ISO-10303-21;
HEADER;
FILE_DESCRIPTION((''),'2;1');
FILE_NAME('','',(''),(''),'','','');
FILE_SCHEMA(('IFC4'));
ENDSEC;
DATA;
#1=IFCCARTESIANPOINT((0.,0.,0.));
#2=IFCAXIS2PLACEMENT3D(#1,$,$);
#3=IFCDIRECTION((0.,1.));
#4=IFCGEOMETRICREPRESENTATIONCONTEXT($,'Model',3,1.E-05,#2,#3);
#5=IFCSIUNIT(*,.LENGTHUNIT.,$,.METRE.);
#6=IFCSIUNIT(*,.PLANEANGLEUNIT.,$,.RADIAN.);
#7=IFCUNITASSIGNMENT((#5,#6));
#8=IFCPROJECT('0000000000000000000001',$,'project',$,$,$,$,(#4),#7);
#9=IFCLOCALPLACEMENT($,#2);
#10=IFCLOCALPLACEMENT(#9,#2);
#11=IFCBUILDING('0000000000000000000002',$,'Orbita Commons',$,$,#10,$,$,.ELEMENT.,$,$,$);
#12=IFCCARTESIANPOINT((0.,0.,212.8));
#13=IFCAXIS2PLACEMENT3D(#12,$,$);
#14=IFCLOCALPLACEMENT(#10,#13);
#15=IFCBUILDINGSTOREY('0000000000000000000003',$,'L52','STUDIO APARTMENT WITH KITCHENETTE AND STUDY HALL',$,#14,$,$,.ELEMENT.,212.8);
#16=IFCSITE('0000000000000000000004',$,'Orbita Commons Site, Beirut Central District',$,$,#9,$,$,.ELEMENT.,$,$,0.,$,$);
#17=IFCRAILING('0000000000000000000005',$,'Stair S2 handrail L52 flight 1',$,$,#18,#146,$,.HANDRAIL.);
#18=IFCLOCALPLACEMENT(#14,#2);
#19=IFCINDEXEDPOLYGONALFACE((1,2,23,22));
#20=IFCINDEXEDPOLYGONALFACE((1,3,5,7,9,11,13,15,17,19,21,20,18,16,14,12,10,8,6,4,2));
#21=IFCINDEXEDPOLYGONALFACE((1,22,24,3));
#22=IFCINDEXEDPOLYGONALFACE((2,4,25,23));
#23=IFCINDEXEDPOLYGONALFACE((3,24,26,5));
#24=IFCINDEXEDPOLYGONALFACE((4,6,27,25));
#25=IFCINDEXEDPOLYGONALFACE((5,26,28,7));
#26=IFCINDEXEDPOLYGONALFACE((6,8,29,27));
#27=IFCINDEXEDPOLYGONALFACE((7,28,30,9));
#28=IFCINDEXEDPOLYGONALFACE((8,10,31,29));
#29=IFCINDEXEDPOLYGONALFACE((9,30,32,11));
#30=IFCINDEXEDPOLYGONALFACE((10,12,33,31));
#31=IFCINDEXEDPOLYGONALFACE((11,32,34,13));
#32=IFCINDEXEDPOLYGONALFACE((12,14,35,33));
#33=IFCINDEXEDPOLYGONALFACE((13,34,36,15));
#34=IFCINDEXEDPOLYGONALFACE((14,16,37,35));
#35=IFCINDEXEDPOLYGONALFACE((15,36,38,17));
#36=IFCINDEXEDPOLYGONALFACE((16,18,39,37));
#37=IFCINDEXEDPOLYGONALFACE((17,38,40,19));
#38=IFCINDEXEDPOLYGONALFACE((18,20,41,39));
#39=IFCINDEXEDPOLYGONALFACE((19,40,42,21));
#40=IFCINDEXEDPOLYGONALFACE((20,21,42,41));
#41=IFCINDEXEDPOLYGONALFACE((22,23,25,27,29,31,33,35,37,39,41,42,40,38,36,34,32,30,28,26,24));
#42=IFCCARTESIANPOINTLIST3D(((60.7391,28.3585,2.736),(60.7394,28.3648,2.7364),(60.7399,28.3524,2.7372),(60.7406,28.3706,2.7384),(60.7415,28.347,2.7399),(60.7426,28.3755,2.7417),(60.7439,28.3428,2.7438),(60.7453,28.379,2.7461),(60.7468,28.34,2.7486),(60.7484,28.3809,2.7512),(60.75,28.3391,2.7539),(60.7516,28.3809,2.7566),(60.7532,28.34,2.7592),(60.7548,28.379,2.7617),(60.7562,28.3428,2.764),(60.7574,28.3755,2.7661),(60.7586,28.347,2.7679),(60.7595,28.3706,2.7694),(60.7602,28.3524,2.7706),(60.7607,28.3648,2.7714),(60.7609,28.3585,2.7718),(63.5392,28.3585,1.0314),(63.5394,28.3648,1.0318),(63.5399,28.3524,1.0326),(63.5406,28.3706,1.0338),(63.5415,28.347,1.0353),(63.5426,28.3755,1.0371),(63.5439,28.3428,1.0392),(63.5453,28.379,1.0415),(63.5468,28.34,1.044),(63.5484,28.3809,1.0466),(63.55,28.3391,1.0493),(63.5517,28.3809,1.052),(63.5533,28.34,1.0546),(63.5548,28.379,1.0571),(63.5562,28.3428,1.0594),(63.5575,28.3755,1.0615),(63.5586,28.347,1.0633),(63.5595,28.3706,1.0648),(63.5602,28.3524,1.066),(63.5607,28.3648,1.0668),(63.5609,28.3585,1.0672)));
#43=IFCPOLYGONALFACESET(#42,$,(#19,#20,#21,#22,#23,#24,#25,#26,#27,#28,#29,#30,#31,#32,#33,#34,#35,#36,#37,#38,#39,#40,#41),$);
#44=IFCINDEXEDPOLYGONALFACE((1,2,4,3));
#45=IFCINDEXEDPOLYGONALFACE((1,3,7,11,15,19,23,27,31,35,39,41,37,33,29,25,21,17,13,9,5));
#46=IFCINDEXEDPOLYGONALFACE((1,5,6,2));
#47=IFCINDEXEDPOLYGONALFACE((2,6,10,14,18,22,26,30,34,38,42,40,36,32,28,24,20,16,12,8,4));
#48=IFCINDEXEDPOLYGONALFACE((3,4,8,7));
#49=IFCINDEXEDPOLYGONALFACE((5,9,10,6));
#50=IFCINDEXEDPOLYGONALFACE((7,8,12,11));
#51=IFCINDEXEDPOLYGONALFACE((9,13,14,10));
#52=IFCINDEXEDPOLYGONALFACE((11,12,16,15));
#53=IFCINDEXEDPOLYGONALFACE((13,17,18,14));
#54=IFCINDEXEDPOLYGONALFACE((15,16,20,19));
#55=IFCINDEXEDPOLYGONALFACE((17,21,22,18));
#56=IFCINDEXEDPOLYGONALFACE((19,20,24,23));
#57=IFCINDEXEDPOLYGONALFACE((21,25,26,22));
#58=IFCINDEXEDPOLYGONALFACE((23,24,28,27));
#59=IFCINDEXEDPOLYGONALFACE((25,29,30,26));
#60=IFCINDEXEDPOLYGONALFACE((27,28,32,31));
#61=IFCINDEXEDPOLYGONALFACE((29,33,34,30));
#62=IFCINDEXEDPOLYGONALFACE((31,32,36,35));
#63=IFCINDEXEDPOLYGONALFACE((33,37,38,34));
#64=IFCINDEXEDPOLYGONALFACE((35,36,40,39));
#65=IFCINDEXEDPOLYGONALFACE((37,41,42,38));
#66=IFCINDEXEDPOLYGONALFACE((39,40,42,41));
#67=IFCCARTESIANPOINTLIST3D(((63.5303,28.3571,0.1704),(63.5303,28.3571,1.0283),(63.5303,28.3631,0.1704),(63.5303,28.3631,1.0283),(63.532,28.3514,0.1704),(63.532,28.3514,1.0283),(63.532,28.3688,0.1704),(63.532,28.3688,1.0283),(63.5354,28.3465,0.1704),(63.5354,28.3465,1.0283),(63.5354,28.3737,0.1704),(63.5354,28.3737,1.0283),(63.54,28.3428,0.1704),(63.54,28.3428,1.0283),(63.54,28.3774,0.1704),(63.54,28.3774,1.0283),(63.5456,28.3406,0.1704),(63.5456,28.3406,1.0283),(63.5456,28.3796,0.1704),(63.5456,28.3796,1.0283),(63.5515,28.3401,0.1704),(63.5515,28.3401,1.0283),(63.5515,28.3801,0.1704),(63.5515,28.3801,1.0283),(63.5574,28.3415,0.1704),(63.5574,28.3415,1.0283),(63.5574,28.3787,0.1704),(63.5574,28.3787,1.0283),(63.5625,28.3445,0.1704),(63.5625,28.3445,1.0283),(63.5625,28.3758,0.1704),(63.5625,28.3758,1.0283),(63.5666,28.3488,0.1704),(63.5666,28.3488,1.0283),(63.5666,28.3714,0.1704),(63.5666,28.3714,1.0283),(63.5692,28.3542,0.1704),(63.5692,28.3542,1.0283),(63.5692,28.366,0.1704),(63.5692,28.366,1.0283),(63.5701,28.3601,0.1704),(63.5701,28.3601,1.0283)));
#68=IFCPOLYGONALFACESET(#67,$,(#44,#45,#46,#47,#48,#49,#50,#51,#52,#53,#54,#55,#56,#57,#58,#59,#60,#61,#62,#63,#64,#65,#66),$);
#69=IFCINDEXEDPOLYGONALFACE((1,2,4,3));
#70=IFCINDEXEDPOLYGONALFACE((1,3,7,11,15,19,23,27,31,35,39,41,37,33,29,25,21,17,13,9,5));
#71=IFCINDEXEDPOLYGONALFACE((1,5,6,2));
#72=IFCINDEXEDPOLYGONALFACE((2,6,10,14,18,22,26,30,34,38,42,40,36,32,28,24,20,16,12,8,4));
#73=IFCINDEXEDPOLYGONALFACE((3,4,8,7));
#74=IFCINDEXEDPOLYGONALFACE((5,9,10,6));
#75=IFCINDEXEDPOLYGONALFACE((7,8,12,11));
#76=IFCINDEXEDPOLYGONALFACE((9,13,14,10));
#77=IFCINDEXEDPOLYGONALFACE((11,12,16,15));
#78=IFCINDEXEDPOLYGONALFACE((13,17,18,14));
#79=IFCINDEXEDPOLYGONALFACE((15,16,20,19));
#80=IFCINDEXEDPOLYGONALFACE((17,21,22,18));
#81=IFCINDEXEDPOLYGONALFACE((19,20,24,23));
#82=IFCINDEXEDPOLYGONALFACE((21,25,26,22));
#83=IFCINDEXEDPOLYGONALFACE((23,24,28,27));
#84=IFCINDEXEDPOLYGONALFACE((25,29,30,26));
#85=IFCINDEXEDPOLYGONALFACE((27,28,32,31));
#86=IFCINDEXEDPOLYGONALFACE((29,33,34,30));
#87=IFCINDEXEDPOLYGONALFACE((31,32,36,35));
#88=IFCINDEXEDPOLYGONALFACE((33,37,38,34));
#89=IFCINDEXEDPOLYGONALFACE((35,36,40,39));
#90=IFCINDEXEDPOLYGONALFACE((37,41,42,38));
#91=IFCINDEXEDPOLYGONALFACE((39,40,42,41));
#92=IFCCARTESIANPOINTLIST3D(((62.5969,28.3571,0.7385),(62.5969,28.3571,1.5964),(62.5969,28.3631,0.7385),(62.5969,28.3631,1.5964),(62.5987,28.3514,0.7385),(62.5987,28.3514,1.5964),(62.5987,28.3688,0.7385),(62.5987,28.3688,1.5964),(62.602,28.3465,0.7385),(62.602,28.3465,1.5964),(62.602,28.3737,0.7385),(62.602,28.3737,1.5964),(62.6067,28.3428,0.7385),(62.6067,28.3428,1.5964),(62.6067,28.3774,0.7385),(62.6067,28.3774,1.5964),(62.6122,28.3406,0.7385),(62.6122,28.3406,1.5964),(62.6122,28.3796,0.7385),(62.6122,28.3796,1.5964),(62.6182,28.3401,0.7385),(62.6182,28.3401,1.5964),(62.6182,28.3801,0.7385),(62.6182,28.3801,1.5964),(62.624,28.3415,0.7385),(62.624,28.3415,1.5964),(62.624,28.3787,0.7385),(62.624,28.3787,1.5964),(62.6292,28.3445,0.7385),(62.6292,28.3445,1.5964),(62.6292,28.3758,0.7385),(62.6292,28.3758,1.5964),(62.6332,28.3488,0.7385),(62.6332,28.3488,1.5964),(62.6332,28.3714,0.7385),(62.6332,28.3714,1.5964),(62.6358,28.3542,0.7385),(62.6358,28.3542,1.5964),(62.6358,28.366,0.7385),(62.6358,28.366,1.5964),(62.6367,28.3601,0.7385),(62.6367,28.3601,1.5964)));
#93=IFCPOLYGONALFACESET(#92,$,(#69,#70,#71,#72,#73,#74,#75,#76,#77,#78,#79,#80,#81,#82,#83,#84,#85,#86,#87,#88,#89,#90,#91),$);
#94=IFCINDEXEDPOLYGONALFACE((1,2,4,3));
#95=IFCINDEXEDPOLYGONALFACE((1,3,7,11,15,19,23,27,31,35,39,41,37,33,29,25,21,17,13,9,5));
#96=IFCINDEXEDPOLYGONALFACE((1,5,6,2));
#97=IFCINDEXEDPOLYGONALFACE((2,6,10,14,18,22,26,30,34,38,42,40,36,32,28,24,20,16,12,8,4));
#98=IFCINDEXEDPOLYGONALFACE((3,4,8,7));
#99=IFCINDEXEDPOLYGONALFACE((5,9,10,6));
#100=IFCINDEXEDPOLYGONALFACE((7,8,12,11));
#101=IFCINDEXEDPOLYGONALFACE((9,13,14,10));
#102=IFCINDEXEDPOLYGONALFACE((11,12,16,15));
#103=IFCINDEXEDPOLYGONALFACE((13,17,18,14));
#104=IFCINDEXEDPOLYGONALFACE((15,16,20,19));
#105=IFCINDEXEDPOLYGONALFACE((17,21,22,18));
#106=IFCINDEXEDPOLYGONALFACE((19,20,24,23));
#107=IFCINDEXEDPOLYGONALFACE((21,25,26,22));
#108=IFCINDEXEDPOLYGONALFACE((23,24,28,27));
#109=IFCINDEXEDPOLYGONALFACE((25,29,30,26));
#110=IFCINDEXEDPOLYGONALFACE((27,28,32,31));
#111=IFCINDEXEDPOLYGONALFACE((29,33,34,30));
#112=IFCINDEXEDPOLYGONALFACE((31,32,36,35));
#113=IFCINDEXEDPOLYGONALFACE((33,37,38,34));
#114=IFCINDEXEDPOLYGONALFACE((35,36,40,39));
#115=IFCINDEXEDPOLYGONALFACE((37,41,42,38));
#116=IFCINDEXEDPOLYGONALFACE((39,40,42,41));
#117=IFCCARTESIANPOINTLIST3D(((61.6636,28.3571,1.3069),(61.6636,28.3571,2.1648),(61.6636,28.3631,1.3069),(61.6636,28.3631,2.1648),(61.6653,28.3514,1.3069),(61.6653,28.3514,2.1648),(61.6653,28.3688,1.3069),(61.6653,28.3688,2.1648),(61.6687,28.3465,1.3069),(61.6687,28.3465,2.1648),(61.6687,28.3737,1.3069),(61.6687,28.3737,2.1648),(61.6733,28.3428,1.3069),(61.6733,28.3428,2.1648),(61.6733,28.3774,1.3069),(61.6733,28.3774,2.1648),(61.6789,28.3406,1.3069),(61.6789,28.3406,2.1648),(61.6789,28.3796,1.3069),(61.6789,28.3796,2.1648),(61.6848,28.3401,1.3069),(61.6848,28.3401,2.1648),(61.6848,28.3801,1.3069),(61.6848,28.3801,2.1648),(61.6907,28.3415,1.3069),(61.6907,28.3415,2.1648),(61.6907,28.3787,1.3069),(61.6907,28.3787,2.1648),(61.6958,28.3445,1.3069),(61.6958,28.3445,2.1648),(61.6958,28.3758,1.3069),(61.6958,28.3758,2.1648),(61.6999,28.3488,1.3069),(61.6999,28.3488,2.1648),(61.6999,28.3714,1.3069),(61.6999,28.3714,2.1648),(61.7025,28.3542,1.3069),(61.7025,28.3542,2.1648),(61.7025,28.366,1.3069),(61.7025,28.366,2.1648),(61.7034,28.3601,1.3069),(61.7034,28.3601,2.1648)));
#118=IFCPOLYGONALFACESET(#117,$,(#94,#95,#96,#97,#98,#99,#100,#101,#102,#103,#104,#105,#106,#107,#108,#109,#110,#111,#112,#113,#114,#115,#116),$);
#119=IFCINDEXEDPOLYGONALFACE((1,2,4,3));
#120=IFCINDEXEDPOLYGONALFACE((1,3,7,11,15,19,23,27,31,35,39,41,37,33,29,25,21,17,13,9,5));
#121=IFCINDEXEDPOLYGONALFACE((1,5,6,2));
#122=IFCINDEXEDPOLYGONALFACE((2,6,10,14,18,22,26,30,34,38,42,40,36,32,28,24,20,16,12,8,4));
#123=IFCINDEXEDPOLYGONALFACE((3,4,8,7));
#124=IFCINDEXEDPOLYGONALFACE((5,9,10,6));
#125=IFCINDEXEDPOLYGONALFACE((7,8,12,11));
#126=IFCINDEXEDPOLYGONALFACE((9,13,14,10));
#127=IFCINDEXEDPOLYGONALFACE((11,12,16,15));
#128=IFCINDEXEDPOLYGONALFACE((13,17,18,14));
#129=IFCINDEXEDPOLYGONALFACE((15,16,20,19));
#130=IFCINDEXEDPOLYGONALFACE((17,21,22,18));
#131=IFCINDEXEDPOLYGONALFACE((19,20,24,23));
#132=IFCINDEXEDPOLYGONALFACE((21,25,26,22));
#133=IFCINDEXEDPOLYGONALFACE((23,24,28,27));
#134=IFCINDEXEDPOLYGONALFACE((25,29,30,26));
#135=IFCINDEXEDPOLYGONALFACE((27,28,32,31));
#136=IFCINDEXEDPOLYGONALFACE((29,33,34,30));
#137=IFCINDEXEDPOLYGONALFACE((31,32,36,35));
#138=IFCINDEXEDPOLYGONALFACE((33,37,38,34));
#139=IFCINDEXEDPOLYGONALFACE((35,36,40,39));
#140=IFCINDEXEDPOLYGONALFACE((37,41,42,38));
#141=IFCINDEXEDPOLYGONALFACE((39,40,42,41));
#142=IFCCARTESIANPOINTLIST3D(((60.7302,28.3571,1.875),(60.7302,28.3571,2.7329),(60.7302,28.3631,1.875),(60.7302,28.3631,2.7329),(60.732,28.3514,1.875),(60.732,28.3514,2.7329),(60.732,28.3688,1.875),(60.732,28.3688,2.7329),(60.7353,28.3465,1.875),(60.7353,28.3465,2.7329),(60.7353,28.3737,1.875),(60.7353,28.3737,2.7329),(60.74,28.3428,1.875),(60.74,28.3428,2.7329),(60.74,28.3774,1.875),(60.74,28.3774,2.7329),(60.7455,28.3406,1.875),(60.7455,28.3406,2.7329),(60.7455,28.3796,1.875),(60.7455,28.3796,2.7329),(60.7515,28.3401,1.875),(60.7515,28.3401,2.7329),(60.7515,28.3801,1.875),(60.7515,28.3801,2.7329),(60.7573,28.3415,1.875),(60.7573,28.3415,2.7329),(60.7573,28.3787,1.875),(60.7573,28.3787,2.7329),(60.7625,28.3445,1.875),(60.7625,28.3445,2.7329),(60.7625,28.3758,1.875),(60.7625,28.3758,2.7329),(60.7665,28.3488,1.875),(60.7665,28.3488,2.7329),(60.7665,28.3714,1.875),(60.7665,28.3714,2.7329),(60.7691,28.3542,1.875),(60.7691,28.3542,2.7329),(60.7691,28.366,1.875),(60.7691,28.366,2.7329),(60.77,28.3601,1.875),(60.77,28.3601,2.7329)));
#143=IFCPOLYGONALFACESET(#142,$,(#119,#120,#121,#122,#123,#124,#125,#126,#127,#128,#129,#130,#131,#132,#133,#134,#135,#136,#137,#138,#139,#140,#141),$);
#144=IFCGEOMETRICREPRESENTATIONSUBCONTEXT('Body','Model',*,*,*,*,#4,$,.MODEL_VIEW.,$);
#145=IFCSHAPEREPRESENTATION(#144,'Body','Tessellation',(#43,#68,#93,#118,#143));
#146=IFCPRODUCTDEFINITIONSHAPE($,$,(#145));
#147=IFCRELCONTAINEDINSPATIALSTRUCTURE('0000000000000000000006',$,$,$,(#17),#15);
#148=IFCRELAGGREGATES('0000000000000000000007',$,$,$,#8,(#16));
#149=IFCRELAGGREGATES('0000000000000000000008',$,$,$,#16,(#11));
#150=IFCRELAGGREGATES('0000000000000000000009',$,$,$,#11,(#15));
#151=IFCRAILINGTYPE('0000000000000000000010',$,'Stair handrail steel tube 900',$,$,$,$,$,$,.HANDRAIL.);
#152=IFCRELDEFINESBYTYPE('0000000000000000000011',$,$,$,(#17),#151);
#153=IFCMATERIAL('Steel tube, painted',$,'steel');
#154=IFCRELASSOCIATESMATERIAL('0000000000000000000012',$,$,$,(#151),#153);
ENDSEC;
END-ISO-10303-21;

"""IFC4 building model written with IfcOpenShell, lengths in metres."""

from ifc_helpers import new_model, si_unit, direction, frame, origin, origin_2d, place, context, subcontext, project, spatial, circle, extrude, material, type_object, element, save


model = new_model("IFC4")

# Units and contexts
model_context = context("Model", 3, precision=1e-05, world=origin(), true_north=direction((0.0, 1.0)))
body_context = subcontext(model_context, "Body", "Model", "MODEL_VIEW")
ifc_project = project(units=[si_unit("LENGTHUNIT", "METRE"), si_unit("PLANEANGLEUNIT", "RADIAN")], contexts=[model_context])

# Site, building, storey
site_placement = place(None, origin())
site = spatial("IfcSite", under=ifc_project, at=site_placement, Name="Orbita Commons Site, Beirut Central District", CompositionType="ELEMENT", RefElevation=0.0)
building_placement = place(site_placement, origin())
building = spatial("IfcBuilding", under=site, at=building_placement, Name="Orbita Commons", CompositionType="ELEMENT")
storey_placement = place(building_placement, frame((0.0, 0.0, 212.8)))
storey = spatial("IfcBuildingStorey", under=building, at=storey_placement, Name="L52", Description="STUDIO APARTMENT WITH KITCHENETTE AND STUDY HALL", CompositionType="ELEMENT", Elevation=212.8)

# Railing
ifc_material_1 = material(Name="Steel tube, painted", Category="steel")
railing_type = type_object("IfcRailingType", Name="Stair handrail steel tube 900", PredefinedType="HANDRAIL", material=ifc_material_1)
for number, where, name in (
    (1, (63.55, 28.3601, 0.1704), "Stair S2 handrail L52 flight 1"),
):
    element("IfcRailing", number, at=place(storey_placement, frame(where)), inside=storey, type_object=railing_type, Name=name, PredefinedType="HANDRAIL", context=body_context, shape_type="SweptSolid", body=[
        extrude(circle(Radius=0.021, at=origin_2d()), frame((0.0, 0.0, 0.8789), z_axis=(-0.85417, 0.0, 0.519994), x_axis=(0.0, -1.0, 0.0)), (0.0, 0.0, 1.0), 3.2781),
        extrude(circle(Radius=0.02, at=origin_2d()), origin(), (0.0, 0.0, 1.0), 0.8579),
        extrude(circle(Radius=0.02, at=origin_2d()), frame((-0.9333, 0.0, 0.5681)), (0.0, 0.0, 1.0), 0.8579),
        extrude(circle(Radius=0.02, at=origin_2d()), frame((-1.8667, 0.0, 1.1365)), (0.0, 0.0, 1.0), 0.8579),
        extrude(circle(Radius=0.02, at=origin_2d()), frame((-2.8, 0.0, 1.7046)), (0.0, 0.0, 1.0), 0.8579),
    ])

save(model, "model.ifc")
